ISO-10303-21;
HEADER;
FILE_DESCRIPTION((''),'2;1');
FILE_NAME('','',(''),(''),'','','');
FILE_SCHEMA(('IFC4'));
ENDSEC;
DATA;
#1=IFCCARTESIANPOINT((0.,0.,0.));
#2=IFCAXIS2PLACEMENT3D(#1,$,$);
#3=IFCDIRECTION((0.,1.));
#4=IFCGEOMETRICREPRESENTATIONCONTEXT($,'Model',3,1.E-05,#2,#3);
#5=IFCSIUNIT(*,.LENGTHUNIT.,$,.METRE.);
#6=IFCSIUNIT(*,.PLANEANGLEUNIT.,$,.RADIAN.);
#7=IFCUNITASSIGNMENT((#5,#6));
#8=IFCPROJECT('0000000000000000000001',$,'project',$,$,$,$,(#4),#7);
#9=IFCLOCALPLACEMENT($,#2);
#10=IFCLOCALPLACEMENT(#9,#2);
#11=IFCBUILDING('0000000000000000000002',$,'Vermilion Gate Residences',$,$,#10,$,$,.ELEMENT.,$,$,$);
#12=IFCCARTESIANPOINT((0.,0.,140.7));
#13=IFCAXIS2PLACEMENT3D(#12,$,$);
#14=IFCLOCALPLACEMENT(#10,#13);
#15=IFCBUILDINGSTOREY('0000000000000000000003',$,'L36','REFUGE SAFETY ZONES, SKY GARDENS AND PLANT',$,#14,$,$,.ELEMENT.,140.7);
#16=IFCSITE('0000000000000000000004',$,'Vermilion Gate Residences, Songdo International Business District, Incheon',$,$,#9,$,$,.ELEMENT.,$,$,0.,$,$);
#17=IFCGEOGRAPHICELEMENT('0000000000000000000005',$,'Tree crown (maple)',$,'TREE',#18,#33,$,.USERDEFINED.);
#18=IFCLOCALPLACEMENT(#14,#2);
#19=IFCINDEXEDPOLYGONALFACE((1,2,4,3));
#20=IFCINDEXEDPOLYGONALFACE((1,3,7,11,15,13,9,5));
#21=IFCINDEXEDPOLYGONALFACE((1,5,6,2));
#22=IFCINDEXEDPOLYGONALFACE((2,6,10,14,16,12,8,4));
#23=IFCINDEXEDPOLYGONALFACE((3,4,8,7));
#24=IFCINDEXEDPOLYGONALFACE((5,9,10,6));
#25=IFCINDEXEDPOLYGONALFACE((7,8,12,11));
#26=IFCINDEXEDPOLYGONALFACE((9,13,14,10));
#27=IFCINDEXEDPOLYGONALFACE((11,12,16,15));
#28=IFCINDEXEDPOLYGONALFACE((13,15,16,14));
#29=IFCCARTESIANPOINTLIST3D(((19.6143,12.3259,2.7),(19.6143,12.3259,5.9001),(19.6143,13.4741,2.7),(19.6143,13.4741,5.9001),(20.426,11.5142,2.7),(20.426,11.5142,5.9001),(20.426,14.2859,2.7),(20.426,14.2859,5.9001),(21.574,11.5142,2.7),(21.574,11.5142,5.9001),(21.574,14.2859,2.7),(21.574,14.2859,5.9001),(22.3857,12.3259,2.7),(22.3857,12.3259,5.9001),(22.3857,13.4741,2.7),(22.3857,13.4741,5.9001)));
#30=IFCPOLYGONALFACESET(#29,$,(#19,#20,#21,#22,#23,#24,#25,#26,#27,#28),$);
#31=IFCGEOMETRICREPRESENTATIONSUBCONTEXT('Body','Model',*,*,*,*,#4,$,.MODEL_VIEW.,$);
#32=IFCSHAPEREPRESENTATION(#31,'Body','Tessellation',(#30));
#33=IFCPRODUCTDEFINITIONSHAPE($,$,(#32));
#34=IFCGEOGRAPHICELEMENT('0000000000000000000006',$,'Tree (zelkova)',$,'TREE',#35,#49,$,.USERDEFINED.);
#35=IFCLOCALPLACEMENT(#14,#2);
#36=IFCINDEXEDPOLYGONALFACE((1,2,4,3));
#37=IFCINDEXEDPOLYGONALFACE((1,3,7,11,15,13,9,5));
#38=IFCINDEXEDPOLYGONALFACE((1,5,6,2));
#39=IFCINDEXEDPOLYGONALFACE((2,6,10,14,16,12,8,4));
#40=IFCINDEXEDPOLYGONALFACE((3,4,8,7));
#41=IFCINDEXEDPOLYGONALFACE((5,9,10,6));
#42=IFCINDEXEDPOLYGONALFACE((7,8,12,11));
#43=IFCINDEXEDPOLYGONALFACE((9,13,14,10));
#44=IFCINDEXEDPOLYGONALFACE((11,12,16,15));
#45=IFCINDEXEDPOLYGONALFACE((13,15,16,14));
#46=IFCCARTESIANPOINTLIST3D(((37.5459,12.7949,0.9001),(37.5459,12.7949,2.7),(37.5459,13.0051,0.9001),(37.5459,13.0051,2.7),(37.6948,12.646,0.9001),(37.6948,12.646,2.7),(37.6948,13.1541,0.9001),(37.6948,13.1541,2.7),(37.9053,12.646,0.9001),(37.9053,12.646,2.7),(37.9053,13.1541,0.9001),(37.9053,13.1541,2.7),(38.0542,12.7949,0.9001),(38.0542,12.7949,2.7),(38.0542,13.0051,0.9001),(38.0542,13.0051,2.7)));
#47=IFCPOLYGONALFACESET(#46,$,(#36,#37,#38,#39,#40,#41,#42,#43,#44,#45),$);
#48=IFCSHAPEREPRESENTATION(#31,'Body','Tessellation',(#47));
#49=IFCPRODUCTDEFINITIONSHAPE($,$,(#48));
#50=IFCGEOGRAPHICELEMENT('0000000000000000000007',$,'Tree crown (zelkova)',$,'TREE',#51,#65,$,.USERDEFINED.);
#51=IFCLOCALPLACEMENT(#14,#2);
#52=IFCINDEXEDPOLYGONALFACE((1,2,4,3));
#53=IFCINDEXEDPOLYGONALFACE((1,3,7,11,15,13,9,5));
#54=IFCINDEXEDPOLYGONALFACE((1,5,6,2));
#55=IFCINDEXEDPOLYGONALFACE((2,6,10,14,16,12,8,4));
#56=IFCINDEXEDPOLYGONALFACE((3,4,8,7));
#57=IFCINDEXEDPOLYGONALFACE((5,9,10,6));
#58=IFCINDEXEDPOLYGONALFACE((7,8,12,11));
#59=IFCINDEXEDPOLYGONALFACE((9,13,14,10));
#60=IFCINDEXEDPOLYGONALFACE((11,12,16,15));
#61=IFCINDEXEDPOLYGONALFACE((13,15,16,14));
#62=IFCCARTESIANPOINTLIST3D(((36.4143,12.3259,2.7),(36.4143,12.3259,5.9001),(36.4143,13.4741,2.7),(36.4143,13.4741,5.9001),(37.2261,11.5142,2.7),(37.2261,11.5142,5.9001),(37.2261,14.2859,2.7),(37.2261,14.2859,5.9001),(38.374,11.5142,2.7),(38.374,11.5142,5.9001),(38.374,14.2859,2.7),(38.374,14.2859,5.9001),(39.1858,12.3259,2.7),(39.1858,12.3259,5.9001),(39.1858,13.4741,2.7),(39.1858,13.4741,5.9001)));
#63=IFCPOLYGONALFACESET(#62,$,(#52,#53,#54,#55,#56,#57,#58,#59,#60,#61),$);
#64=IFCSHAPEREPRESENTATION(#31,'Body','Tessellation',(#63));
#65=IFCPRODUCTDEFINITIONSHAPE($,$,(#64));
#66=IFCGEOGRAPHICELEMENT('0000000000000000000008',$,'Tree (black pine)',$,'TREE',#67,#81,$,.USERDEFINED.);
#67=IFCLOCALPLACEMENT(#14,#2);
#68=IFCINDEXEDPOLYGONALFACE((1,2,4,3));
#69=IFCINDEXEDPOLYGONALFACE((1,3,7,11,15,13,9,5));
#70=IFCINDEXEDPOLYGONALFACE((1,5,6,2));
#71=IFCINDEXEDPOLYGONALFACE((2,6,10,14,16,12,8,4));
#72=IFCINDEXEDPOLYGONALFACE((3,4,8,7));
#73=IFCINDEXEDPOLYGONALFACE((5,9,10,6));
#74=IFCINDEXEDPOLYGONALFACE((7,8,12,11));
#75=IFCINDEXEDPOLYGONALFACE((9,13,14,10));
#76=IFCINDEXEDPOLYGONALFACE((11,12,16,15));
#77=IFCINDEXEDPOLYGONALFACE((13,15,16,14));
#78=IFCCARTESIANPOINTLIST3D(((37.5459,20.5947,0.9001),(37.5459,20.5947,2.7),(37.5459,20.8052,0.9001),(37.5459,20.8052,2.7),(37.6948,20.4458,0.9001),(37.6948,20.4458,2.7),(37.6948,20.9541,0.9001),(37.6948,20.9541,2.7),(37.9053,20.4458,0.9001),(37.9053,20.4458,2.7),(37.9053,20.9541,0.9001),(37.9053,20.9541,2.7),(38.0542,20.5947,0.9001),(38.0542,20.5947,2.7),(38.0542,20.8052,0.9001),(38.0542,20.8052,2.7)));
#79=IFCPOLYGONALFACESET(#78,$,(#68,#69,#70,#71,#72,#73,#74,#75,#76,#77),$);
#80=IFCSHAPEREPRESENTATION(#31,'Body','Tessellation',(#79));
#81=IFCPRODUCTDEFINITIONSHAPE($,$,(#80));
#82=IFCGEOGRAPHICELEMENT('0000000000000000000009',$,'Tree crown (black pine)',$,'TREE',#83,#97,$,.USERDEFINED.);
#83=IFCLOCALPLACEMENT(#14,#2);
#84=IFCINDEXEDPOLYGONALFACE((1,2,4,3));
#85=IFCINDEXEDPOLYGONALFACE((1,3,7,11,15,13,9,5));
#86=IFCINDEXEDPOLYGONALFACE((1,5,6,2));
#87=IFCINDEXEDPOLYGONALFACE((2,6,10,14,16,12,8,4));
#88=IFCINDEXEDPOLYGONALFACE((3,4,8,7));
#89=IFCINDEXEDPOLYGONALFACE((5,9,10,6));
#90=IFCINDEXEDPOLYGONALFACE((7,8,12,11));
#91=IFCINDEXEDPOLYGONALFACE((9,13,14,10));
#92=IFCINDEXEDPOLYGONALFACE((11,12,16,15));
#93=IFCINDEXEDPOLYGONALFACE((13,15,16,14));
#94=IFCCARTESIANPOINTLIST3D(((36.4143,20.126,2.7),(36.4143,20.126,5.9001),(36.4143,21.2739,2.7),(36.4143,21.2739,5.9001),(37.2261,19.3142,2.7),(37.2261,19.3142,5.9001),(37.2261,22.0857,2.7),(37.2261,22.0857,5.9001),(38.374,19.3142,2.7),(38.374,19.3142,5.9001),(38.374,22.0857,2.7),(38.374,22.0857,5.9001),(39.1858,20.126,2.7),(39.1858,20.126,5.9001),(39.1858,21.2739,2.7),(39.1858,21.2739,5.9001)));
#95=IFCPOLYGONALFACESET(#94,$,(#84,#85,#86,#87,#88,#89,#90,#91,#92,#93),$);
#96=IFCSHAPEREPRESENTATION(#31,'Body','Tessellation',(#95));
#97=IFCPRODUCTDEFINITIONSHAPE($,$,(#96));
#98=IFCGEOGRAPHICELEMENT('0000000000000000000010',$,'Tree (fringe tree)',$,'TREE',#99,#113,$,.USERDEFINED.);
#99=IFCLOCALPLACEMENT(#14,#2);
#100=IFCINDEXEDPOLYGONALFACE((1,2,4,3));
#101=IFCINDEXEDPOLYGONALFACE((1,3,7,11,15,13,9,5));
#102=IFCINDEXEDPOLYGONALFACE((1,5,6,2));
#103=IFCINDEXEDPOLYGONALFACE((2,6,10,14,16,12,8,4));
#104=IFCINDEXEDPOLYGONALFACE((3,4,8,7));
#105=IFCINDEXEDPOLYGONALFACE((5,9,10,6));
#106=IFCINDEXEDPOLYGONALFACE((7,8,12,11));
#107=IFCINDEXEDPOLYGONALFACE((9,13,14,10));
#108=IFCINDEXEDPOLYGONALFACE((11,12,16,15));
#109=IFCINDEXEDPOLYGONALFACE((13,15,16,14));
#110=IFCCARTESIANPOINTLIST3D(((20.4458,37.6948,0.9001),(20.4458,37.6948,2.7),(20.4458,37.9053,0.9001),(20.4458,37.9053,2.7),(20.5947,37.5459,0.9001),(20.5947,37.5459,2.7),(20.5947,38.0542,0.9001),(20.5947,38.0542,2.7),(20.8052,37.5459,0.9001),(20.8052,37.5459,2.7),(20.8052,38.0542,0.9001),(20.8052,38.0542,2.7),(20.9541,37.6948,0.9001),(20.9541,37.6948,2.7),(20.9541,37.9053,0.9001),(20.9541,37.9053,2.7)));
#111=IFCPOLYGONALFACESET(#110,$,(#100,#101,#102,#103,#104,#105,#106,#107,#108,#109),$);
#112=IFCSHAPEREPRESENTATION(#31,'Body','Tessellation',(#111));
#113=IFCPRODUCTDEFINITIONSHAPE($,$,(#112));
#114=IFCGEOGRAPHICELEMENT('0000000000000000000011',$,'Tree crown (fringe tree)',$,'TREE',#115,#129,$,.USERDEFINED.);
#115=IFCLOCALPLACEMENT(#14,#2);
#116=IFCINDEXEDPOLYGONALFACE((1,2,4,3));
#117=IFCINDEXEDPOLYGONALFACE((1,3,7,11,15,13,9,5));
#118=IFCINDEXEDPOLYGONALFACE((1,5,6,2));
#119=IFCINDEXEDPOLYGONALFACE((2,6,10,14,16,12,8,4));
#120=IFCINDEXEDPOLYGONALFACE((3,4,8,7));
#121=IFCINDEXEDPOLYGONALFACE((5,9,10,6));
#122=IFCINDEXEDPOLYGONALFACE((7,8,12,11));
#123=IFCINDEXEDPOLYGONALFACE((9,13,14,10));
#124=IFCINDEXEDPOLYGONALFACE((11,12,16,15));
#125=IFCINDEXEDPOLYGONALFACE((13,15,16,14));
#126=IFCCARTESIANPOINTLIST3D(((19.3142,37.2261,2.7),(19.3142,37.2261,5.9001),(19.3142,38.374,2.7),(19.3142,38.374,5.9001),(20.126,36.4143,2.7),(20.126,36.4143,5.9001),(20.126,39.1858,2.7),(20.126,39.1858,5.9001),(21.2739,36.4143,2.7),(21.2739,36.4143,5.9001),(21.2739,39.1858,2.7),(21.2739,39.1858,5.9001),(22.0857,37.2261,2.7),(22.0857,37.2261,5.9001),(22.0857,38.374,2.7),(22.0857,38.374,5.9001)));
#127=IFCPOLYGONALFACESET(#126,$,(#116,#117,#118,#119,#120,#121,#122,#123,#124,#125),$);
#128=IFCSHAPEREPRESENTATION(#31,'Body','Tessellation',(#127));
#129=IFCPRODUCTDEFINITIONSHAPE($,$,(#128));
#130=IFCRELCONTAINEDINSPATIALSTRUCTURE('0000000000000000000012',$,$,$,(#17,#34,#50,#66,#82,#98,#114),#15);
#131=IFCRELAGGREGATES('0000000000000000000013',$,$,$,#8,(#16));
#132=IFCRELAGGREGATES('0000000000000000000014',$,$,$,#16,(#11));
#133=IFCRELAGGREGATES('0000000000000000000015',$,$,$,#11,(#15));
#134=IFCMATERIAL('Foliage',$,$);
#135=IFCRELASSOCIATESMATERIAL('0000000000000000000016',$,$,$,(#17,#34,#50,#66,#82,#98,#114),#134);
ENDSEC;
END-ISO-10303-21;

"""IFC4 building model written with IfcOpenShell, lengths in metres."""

from ifc_helpers import new_model, si_unit, direction, frame, origin, place, context, subcontext, project, spatial, polyline, outline, extrude, material, element, save


model = new_model("IFC4")

# Units and contexts
model_context = context("Model", 3, precision=1e-05, world=origin(), true_north=direction((0.0, 1.0)))
body_context = subcontext(model_context, "Body", "Model", "MODEL_VIEW")
ifc_project = project(units=[si_unit("LENGTHUNIT", "METRE"), si_unit("PLANEANGLEUNIT", "RADIAN")], contexts=[model_context])

# Site, building, storey
site_placement = place(None, origin())
site = spatial("IfcSite", under=ifc_project, at=site_placement, Name="Vermilion Gate Residences, Songdo International Business District, Incheon", CompositionType="ELEMENT", RefElevation=0.0)
building_placement = place(site_placement, origin())
building = spatial("IfcBuilding", under=site, at=building_placement, Name="Vermilion Gate Residences", CompositionType="ELEMENT")
storey_placement = place(building_placement, frame((0.0, 0.0, 140.7)))
storey = spatial("IfcBuildingStorey", under=building, at=storey_placement, Name="L36", Description="REFUGE SAFETY ZONES, SKY GARDENS AND PLANT", CompositionType="ELEMENT", Elevation=140.7)

# Geographic elements
ifc_material_1 = material(Name="Foliage")
geographic_element_1_placement = place(storey_placement, frame((0.0, 0.0, 2.7)))
element("IfcGeographicElement", 1, at=geographic_element_1_placement, inside=storey, material=ifc_material_1, Name="Tree crown (maple)", ObjectType="TREE", PredefinedType="USERDEFINED", context=body_context, shape_type="SweptSolid", body=[
    extrude(outline(polyline([(22.3857, 13.4741), (21.574, 14.2859), (20.426, 14.2859), (19.6143, 13.4741), (19.6143, 12.3259), (20.426, 11.5142), (21.574, 11.5142), (22.3857, 12.3259), (22.3857, 13.4741)])), origin(), (0.0, 0.0, 1.0), 3.2002),
])
geographic_element_2_placement = place(storey_placement, frame((0.0, 0.0, 0.9001)))
element("IfcGeographicElement", 2, at=geographic_element_2_placement, inside=storey, material=ifc_material_1, Name="Tree (zelkova)", ObjectType="TREE", PredefinedType="USERDEFINED", context=body_context, shape_type="SweptSolid", body=[
    extrude(outline(polyline([(38.0542, 13.0051), (37.9053, 13.1541), (37.6948, 13.1541), (37.5459, 13.0051), (37.5459, 12.7949), (37.6948, 12.646), (37.9053, 12.646), (38.0542, 12.7949), (38.0542, 13.0051)])), origin(), (0.0, 0.0, 1.0), 1.7998),
])
geographic_element_3_placement = place(storey_placement, frame((0.0, 0.0, 2.7)))
element("IfcGeographicElement", 3, at=geographic_element_3_placement, inside=storey, material=ifc_material_1, Name="Tree crown (zelkova)", ObjectType="TREE", PredefinedType="USERDEFINED", context=body_context, shape_type="SweptSolid", body=[
    extrude(outline(polyline([(39.1858, 13.4741), (38.374, 14.2859), (37.2261, 14.2859), (36.4143, 13.4741), (36.4143, 12.3259), (37.2261, 11.5142), (38.374, 11.5142), (39.1858, 12.3259), (39.1858, 13.4741)])), origin(), (0.0, 0.0, 1.0), 3.2002),
])
geographic_element_4_placement = place(storey_placement, frame((0.0, 0.0, 0.9001)))
element("IfcGeographicElement", 4, at=geographic_element_4_placement, inside=storey, material=ifc_material_1, Name="Tree (black pine)", ObjectType="TREE", PredefinedType="USERDEFINED", context=body_context, shape_type="SweptSolid", body=[
    extrude(outline(polyline([(38.0542, 20.8052), (37.9053, 20.9541), (37.6948, 20.9541), (37.5459, 20.8052), (37.5459, 20.5947), (37.6948, 20.4458), (37.9053, 20.4458), (38.0542, 20.5947), (38.0542, 20.8052)])), origin(), (0.0, 0.0, 1.0), 1.7998),
])
geographic_element_5_placement = place(storey_placement, frame((0.0, 0.0, 2.7)))
element("IfcGeographicElement", 5, at=geographic_element_5_placement, inside=storey, material=ifc_material_1, Name="Tree crown (black pine)", ObjectType="TREE", PredefinedType="USERDEFINED", context=body_context, shape_type="SweptSolid", body=[
    extrude(outline(polyline([(39.1858, 21.2739), (38.374, 22.0857), (37.2261, 22.0857), (36.4143, 21.2739), (36.4143, 20.126), (37.2261, 19.3142), (38.374, 19.3142), (39.1858, 20.126), (39.1858, 21.2739)])), origin(), (0.0, 0.0, 1.0), 3.2002),
])
geographic_element_6_placement = place(storey_placement, frame((0.0, 0.0, 0.9001)))
element("IfcGeographicElement", 6, at=geographic_element_6_placement, inside=storey, material=ifc_material_1, Name="Tree (fringe tree)", ObjectType="TREE", PredefinedType="USERDEFINED", context=body_context, shape_type="SweptSolid", body=[
    extrude(outline(polyline([(20.9541, 37.9053), (20.8052, 38.0542), (20.5947, 38.0542), (20.4458, 37.9053), (20.4458, 37.6948), (20.5947, 37.5459), (20.8052, 37.5459), (20.9541, 37.6948), (20.9541, 37.9053)])), origin(), (0.0, 0.0, 1.0), 1.7998),
])
geographic_element_7_placement = place(storey_placement, frame((0.0, 0.0, 2.7)))
element("IfcGeographicElement", 7, at=geographic_element_7_placement, inside=storey, material=ifc_material_1, Name="Tree crown (fringe tree)", ObjectType="TREE", PredefinedType="USERDEFINED", context=body_context, shape_type="SweptSolid", body=[
    extrude(outline(polyline([(22.0857, 38.374), (21.2739, 39.1858), (20.126, 39.1858), (19.3142, 38.374), (19.3142, 37.2261), (20.126, 36.4143), (21.2739, 36.4143), (22.0857, 37.2261), (22.0857, 38.374)])), origin(), (0.0, 0.0, 1.0), 3.2002),
])

save(model, "model.ifc")
